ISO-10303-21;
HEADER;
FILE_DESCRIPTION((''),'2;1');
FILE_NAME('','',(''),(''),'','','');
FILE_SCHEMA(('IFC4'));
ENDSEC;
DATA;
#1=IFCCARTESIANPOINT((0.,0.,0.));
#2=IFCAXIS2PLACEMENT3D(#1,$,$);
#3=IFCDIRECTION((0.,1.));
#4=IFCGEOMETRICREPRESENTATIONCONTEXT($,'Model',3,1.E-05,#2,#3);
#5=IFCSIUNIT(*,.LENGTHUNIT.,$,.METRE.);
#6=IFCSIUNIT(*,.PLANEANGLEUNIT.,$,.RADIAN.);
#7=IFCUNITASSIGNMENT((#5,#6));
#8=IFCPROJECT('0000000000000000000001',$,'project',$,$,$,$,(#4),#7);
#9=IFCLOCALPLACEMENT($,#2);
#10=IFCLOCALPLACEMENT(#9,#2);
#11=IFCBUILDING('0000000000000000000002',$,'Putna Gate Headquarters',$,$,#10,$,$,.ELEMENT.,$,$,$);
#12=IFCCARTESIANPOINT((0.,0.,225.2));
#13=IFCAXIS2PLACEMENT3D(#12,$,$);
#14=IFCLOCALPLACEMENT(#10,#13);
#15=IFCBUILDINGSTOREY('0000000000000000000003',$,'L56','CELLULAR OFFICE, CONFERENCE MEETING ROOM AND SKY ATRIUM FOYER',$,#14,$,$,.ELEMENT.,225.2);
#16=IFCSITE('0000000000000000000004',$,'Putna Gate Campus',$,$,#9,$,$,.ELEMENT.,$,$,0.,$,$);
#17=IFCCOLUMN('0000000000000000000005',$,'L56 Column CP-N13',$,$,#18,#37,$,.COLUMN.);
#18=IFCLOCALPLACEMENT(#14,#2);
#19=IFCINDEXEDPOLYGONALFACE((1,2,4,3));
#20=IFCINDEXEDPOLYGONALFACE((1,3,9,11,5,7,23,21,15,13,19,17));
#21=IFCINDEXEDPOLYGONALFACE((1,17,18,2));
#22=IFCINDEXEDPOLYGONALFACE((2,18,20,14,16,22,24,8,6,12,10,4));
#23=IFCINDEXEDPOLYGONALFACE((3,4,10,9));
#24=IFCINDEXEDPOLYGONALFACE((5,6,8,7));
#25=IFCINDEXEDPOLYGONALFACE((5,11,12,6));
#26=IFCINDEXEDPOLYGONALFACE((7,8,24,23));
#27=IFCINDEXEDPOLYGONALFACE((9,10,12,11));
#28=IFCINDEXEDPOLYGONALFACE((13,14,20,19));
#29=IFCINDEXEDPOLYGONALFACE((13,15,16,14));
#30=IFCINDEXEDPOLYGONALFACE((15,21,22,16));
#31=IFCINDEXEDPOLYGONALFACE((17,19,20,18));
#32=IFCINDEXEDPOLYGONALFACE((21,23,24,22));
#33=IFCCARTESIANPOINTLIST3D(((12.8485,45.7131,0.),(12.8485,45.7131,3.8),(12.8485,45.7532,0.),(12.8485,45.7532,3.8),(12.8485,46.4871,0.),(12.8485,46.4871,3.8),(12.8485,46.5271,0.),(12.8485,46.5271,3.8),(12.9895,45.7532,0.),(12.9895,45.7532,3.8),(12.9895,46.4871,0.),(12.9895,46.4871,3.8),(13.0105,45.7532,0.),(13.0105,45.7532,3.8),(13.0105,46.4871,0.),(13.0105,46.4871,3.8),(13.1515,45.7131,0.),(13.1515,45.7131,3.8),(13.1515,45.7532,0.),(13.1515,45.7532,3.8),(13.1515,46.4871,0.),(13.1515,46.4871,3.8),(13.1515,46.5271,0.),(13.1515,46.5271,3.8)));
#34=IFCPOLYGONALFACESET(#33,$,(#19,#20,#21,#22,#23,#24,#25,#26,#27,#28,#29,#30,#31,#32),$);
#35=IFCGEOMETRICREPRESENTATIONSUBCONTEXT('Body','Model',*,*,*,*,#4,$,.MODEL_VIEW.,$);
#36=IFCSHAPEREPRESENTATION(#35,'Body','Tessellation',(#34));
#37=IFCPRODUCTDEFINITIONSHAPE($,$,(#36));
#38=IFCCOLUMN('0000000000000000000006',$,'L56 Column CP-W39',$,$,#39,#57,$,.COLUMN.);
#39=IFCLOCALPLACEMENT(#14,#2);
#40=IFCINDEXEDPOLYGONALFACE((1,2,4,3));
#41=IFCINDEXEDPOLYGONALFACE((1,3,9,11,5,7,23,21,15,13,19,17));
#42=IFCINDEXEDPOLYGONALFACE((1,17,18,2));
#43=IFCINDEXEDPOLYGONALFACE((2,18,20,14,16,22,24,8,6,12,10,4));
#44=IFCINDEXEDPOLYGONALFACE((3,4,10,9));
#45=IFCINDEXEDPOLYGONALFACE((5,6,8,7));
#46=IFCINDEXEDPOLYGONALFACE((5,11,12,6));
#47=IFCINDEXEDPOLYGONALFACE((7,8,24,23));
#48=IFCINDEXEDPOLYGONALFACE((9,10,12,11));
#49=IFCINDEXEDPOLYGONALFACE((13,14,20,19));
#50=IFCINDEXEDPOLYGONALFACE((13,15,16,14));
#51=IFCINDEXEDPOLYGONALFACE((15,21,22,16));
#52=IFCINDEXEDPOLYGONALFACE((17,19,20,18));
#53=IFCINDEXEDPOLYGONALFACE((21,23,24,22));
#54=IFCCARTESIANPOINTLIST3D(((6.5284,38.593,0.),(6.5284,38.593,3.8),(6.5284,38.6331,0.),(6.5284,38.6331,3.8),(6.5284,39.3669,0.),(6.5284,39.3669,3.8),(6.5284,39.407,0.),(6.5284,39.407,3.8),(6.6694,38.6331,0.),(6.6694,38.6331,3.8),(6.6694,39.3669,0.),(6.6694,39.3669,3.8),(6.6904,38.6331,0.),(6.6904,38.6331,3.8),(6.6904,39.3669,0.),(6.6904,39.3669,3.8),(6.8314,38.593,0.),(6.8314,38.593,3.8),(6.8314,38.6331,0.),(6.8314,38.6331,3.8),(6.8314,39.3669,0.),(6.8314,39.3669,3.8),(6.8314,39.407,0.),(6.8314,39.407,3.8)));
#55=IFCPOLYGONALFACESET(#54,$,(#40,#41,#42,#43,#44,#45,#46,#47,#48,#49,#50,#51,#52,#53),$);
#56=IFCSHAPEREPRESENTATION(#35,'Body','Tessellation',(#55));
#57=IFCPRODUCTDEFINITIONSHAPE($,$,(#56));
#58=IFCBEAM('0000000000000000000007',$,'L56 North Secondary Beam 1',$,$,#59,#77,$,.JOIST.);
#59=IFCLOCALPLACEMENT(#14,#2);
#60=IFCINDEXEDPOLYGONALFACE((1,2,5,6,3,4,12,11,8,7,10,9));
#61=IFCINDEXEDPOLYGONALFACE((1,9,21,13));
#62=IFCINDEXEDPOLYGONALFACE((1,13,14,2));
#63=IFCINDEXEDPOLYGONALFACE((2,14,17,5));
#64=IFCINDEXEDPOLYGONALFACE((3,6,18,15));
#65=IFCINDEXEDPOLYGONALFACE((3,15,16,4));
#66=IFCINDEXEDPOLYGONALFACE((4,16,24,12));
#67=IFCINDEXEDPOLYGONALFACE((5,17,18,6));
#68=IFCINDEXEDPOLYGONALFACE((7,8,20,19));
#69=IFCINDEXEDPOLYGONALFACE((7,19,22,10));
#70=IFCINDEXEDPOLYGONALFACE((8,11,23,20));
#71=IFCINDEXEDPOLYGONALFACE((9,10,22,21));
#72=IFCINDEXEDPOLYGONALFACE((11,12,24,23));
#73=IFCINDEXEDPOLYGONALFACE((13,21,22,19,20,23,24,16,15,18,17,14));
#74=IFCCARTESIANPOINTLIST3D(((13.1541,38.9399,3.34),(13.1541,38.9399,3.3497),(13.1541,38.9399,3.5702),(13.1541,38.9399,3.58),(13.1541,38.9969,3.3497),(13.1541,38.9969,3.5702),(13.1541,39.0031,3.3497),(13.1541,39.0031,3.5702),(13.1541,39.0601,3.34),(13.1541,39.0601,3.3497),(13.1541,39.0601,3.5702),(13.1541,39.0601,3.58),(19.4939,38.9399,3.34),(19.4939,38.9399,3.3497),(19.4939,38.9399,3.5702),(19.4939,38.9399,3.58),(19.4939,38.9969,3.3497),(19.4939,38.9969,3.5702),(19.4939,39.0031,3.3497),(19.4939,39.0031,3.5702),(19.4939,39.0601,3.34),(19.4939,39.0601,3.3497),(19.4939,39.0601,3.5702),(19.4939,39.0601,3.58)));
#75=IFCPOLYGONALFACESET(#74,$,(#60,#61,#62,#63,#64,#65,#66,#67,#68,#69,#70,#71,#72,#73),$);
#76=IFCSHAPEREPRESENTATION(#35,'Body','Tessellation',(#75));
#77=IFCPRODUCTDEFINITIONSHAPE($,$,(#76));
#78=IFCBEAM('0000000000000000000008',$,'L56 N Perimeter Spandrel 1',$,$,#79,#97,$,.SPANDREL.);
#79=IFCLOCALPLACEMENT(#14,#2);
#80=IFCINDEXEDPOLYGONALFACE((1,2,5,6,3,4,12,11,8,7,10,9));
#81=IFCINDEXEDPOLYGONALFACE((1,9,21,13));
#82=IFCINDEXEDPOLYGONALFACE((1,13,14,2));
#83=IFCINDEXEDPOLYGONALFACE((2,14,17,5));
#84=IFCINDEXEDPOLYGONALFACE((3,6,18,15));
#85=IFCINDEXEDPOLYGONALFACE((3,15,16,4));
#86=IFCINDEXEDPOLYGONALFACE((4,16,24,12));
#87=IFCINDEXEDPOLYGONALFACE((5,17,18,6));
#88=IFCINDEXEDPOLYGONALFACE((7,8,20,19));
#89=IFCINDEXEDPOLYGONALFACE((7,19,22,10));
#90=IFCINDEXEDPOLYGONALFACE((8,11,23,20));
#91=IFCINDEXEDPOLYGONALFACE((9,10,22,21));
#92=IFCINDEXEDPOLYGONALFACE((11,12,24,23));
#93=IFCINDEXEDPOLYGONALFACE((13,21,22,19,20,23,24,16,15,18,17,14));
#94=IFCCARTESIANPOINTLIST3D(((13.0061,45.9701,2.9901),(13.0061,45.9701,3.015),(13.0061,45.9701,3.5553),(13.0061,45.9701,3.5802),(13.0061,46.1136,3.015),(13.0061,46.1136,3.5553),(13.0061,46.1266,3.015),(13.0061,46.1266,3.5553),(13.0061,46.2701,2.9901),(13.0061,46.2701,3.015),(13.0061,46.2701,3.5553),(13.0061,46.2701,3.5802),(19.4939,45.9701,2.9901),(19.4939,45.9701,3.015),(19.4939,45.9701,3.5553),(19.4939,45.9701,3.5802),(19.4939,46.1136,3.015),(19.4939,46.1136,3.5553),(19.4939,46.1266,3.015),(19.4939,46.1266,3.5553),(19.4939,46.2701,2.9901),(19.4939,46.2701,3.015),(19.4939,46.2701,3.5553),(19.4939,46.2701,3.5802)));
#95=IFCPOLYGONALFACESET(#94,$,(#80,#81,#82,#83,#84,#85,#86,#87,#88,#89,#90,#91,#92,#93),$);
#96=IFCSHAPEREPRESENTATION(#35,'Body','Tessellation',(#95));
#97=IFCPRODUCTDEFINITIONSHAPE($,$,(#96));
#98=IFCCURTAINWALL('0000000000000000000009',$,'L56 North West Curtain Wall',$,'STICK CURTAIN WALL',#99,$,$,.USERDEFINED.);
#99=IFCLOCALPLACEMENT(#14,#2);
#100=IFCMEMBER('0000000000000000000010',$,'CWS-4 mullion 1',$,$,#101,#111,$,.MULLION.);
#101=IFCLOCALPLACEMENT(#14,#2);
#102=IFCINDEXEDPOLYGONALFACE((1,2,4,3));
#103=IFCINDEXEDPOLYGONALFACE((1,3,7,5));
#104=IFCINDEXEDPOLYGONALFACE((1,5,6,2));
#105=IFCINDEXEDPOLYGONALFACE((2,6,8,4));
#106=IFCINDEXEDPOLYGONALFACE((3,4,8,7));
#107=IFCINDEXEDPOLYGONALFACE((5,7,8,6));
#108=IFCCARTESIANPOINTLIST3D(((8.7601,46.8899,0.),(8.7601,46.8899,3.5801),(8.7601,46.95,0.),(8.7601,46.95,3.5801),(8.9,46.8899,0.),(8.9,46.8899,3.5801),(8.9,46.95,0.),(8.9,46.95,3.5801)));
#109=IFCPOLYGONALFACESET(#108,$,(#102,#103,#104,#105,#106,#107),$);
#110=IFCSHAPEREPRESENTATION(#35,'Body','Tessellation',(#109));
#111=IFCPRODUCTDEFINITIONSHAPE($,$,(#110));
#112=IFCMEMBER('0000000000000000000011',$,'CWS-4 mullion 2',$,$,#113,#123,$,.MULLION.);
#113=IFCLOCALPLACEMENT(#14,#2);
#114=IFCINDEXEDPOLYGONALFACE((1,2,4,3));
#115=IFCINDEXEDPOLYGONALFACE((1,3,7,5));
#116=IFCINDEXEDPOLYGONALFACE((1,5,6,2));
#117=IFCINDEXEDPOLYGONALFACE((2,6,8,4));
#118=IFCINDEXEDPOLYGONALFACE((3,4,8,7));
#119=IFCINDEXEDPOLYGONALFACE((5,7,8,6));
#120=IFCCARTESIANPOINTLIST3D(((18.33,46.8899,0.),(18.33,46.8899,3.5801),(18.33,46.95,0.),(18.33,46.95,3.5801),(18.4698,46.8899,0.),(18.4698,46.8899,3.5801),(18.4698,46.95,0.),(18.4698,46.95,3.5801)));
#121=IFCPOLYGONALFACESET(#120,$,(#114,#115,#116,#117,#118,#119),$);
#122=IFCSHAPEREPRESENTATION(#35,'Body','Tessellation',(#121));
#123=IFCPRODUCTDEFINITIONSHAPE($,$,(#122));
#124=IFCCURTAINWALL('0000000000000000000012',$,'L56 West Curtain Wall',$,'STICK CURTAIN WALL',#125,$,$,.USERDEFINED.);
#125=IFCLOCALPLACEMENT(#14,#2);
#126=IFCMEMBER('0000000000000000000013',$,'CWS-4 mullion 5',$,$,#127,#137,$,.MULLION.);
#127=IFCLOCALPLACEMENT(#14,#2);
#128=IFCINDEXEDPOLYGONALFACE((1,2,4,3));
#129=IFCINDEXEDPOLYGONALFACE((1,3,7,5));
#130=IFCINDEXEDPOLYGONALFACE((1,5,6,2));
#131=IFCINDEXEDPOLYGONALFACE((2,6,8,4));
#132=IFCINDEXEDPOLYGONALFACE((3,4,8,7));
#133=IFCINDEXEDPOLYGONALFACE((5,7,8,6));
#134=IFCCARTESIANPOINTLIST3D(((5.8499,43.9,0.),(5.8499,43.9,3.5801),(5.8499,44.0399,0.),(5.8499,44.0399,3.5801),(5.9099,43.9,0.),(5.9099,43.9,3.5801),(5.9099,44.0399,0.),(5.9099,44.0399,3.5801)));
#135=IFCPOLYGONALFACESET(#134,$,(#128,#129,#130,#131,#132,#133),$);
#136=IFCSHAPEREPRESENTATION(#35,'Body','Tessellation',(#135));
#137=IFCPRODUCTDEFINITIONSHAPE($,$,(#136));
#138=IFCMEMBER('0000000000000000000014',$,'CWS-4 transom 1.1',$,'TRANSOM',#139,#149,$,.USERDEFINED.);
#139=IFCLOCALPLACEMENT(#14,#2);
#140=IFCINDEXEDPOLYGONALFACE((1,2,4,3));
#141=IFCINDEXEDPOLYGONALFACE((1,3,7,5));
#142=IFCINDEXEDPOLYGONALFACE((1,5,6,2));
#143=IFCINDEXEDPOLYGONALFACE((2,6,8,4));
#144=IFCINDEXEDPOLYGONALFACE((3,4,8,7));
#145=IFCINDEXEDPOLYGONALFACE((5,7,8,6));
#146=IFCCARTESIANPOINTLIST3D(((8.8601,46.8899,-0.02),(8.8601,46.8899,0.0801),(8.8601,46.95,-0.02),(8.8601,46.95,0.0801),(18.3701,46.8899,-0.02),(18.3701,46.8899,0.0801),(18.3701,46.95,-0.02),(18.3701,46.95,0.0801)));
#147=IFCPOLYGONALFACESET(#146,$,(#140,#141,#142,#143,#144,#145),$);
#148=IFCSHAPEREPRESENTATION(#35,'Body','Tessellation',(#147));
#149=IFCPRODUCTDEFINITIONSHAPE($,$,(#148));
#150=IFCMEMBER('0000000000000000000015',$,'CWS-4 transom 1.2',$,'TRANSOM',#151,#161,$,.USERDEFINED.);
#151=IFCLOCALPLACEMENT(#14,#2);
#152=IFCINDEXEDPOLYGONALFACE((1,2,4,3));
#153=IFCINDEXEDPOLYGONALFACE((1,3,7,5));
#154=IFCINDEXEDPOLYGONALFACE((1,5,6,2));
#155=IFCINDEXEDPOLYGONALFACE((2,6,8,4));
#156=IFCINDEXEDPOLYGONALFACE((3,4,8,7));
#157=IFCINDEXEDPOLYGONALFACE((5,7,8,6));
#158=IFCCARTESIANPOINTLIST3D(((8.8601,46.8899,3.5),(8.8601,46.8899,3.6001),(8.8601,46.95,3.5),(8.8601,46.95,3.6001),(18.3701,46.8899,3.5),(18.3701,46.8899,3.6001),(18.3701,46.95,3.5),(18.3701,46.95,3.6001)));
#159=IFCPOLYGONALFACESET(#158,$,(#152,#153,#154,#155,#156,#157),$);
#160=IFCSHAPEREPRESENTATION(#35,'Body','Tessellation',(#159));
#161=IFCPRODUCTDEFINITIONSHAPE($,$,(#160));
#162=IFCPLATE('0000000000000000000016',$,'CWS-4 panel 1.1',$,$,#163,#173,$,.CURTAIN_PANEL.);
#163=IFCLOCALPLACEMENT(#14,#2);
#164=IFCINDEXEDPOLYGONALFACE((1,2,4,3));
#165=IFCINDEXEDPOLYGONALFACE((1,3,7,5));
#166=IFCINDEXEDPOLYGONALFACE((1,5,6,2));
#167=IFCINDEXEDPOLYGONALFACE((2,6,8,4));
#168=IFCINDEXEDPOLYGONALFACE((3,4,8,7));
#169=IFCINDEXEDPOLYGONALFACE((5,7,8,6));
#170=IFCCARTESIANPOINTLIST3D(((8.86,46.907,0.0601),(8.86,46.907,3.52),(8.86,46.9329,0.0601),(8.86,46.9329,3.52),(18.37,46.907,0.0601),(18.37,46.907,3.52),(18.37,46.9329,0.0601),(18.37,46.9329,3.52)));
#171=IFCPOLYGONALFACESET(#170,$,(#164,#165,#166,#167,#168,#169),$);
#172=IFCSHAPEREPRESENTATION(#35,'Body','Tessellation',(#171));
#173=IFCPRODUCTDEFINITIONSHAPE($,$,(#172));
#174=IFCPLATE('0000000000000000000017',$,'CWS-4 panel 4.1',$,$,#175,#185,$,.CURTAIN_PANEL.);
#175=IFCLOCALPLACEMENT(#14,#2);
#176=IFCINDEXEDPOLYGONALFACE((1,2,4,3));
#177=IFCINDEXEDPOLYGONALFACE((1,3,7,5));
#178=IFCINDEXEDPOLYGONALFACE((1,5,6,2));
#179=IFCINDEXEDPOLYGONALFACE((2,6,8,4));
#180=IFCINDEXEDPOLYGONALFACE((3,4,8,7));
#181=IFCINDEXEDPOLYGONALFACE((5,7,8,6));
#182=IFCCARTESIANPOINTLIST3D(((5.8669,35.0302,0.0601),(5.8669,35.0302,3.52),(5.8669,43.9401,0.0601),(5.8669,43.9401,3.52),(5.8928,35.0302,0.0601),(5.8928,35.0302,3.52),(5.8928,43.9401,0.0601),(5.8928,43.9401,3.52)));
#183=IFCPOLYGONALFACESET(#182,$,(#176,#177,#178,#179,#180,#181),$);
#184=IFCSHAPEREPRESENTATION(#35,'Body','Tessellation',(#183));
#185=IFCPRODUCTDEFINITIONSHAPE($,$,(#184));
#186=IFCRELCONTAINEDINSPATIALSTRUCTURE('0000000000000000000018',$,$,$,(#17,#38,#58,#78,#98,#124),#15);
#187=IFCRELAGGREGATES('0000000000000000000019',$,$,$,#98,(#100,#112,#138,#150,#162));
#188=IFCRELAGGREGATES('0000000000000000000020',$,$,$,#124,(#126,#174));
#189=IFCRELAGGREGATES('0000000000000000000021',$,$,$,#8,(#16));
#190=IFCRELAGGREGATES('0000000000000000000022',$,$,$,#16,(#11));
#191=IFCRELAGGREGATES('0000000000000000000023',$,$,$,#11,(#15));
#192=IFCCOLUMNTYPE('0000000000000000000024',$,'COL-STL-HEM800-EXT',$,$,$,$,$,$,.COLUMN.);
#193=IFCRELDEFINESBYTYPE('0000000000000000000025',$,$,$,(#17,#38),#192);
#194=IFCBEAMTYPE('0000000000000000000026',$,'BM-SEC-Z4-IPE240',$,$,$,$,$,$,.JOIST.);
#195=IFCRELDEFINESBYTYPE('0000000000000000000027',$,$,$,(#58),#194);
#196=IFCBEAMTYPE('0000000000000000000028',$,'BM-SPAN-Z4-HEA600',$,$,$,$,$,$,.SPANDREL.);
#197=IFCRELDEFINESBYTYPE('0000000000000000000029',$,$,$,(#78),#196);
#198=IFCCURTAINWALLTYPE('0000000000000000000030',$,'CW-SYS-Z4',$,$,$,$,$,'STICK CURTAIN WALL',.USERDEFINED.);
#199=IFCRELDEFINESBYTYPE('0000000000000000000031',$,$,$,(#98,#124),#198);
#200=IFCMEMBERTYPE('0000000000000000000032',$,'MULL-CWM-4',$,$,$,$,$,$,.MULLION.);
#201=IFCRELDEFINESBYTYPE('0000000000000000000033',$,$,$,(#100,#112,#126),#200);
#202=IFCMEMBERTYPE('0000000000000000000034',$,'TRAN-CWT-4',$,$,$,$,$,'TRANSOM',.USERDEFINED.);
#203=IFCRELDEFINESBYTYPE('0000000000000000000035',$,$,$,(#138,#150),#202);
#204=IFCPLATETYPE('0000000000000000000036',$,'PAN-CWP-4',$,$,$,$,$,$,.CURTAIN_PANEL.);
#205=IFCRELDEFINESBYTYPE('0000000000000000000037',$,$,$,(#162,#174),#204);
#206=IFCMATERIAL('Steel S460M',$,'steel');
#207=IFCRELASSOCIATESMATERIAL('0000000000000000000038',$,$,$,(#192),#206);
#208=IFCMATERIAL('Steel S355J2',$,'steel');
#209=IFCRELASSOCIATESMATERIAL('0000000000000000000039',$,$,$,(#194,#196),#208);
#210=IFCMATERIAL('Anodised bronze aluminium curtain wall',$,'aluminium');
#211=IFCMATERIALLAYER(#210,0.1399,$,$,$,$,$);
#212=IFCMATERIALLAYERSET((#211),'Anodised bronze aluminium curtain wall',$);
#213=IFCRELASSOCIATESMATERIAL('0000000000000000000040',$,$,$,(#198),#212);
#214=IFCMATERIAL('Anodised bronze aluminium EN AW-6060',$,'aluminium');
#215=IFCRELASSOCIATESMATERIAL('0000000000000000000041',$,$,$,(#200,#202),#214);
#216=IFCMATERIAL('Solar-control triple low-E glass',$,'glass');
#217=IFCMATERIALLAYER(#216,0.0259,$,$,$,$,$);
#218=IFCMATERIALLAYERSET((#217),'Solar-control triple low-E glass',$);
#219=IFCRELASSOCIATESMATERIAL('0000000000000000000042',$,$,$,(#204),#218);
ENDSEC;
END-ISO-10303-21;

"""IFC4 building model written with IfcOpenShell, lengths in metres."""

from ifc_helpers import new_model, si_unit, direction, frame, origin, origin_2d, place, context, subcontext, project, spatial, rectangle, i_section, extrude, material, layer, layer_set, material_profile, profile_set, type_object, element, aggregate, save


model = new_model("IFC4")

# Units and contexts
model_context = context("Model", 3, precision=1e-05, world=origin(), true_north=direction((0.0, 1.0)))
body_context = subcontext(model_context, "Body", "Model", "MODEL_VIEW")
ifc_project = project(units=[si_unit("LENGTHUNIT", "METRE"), si_unit("PLANEANGLEUNIT", "RADIAN")], contexts=[model_context])

# Site, building, storey
site_placement = place(None, origin())
site = spatial("IfcSite", under=ifc_project, at=site_placement, Name="Putna Gate Campus", CompositionType="ELEMENT", RefElevation=0.0)
building_placement = place(site_placement, origin())
building = spatial("IfcBuilding", under=site, at=building_placement, Name="Putna Gate Headquarters", CompositionType="ELEMENT")
storey_placement = place(building_placement, frame((0.0, 0.0, 225.2)))
storey = spatial("IfcBuildingStorey", under=building, at=storey_placement, Name="L56", Description="CELLULAR OFFICE, CONFERENCE MEETING ROOM AND SKY ATRIUM FOYER", CompositionType="ELEMENT", Elevation=225.2)

# Columns
ifc_material_1 = material(Name="Steel S460M", Category="steel")
ifc_material_profile_1 = material_profile(ifc_material_1, i_section(OverallWidth=0.303, OverallDepth=0.814, WebThickness=0.021, FlangeThickness=0.04, at=origin_2d()), Name="Steel S460M")
ifc_profile_set_1 = profile_set([ifc_material_profile_1], Name="Steel S460M")
column_type = type_object("IfcColumnType", Name="COL-STL-HEM800-EXT", PredefinedType="COLUMN", material=ifc_profile_set_1)
for number, where, z_axis, x_axis, name in (
    (1, (13.0, 46.1201, 0.0), (0.0, 0.0, 1.0), (1.0, 0.0, 0.0), "L56 Column CP-N13"),
    (2, (6.6799, 39.0, 0.0), (0.0, 0.0, 1.0), (1.0, 0.0, 0.0), "L56 Column CP-W39"),
):
    element("IfcColumn", number, at=place(storey_placement, frame(where, z_axis=z_axis, x_axis=x_axis)), inside=storey, type_object=column_type, Name=name, PredefinedType="COLUMN", context=body_context, shape_type="SweptSolid", body=[
        extrude(i_section(OverallWidth=0.303, OverallDepth=0.814, WebThickness=0.021, FlangeThickness=0.04, at=origin_2d()), origin(), (0.0, 0.0, 1.0), 3.8),
    ])

# Beams
ifc_material_2 = material(Name="Steel S355J2", Category="steel")
ifc_material_profile_2 = material_profile(ifc_material_2, i_section(OverallWidth=0.1201, OverallDepth=0.24, WebThickness=0.0061, FlangeThickness=0.0098, at=origin_2d()), Name="Steel S355J2")
ifc_profile_set_2 = profile_set([ifc_material_profile_2], Name="Steel S355J2")
beam_type_1 = type_object("IfcBeamType", Name="BM-SEC-Z4-IPE240", PredefinedType="JOIST", material=ifc_profile_set_2)
beam_1_placement = place(storey_placement, frame((13.1541, 39.0, 3.46), z_axis=(1.0, 0.0, 0.0), x_axis=(0.0, 1.0, 0.0)))
element("IfcBeam", 3, at=beam_1_placement, inside=storey, type_object=beam_type_1, Name="L56 North Secondary Beam 1", PredefinedType="JOIST", context=body_context, shape_type="SweptSolid", body=[
    extrude(i_section(OverallWidth=0.1201, OverallDepth=0.24, WebThickness=0.0061, FlangeThickness=0.0098, at=origin_2d()), origin(), (0.0, 0.0, 1.0), 6.3398),
])
ifc_material_profile_3 = material_profile(ifc_material_2, i_section(OverallWidth=0.3, OverallDepth=0.5901, WebThickness=0.0129, FlangeThickness=0.0249, at=origin_2d()), Name="Steel S355J2")
ifc_profile_set_3 = profile_set([ifc_material_profile_3], Name="Steel S355J2")
beam_type_2 = type_object("IfcBeamType", Name="BM-SPAN-Z4-HEA600", PredefinedType="SPANDREL", material=ifc_profile_set_3)
beam_2_placement = place(storey_placement, frame((13.0061, 46.1201, 3.2852), z_axis=(1.0, 0.0, 0.0), x_axis=(0.0, 1.0, 0.0)))
element("IfcBeam", 4, at=beam_2_placement, inside=storey, type_object=beam_type_2, Name="L56 N Perimeter Spandrel 1", PredefinedType="SPANDREL", context=body_context, shape_type="SweptSolid", body=[
    extrude(i_section(OverallWidth=0.3, OverallDepth=0.5901, WebThickness=0.0129, FlangeThickness=0.0249, at=origin_2d()), origin(), (0.0, 0.0, 1.0), 6.4878),
])

# Curtain wall, members
ifc_material_3 = material(Name="Anodised bronze aluminium curtain wall", Category="aluminium")
ifc_layer_1 = layer(ifc_material_3, 0.1399)
ifc_layer_set_1 = layer_set([ifc_layer_1], Name="Anodised bronze aluminium curtain wall")
curtain_wall_type = type_object("IfcCurtainWallType", Name="CW-SYS-Z4", ElementType="STICK CURTAIN WALL", PredefinedType="USERDEFINED", material=ifc_layer_set_1)
curtain_wall_1_placement = place(storey_placement, origin())
curtain_wall_1 = element("IfcCurtainWall", 5, at=curtain_wall_1_placement, inside=storey, type_object=curtain_wall_type, Name="L56 North West Curtain Wall", ObjectType="STICK CURTAIN WALL", PredefinedType="USERDEFINED")
ifc_material_4 = material(Name="Anodised bronze aluminium EN AW-6060", Category="aluminium")
ifc_material_profile_4 = material_profile(ifc_material_4, rectangle(XDim=0.0601, YDim=0.1399, at=origin_2d()), Name="Anodised bronze aluminium EN AW-6060")
ifc_profile_set_4 = profile_set([ifc_material_profile_4], Name="Anodised bronze aluminium EN AW-6060")
member_type_1 = type_object("IfcMemberType", Name="MULL-CWM-4", PredefinedType="MULLION", material=ifc_profile_set_4)
member_1_placement = place(storey_placement, frame((8.8301, 46.9199, 0.0), z_axis=(0.0, 0.0, 1.0), x_axis=(0.0, 1.0, 0.0)))
member_1 = element("IfcMember", 6, at=member_1_placement, type_object=member_type_1, Name="CWS-4 mullion 1", PredefinedType="MULLION", context=body_context, shape_type="SweptSolid", body=[
    extrude(rectangle(XDim=0.0601, YDim=0.1399, at=origin_2d()), origin(), (0.0, 0.0, 1.0), 3.5801),
])
member_2_placement = place(storey_placement, frame((18.3999, 46.9199, 0.0), z_axis=(0.0, 0.0, 1.0), x_axis=(0.0, 1.0, 0.0)))
member_2 = element("IfcMember", 7, at=member_2_placement, type_object=member_type_1, Name="CWS-4 mullion 2", PredefinedType="MULLION", context=body_context, shape_type="SweptSolid", body=[
    extrude(rectangle(XDim=0.0601, YDim=0.1399, at=origin_2d()), origin(), (0.0, 0.0, 1.0), 3.5801),
])

# Curtain wall, member
curtain_wall_2_placement = place(storey_placement, origin())
curtain_wall_2 = element("IfcCurtainWall", 8, at=curtain_wall_2_placement, inside=storey, type_object=curtain_wall_type, Name="L56 West Curtain Wall", ObjectType="STICK CURTAIN WALL", PredefinedType="USERDEFINED")
member_3_placement = place(storey_placement, frame((5.8799, 43.97, 0.0), z_axis=(0.0, 0.0, 1.0), x_axis=(-1.0, 0.0, 0.0)))
member_3 = element("IfcMember", 9, at=member_3_placement, type_object=member_type_1, Name="CWS-4 mullion 5", PredefinedType="MULLION", context=body_context, shape_type="SweptSolid", body=[
    extrude(rectangle(XDim=0.0601, YDim=0.1399, at=origin_2d()), origin(), (0.0, 0.0, 1.0), 3.5801),
])

# Members
ifc_material_profile_5 = material_profile(ifc_material_4, rectangle(XDim=0.0601, YDim=0.1001, at=origin_2d()), Name="Anodised bronze aluminium EN AW-6060")
ifc_profile_set_5 = profile_set([ifc_material_profile_5], Name="Anodised bronze aluminium EN AW-6060")
member_type_2 = type_object("IfcMemberType", Name="TRAN-CWT-4", ElementType="TRANSOM", PredefinedType="USERDEFINED", material=ifc_profile_set_5)
member_4_placement = place(storey_placement, frame((8.8601, 46.9199, 0.03), z_axis=(1.0, 0.0, 0.0), x_axis=(0.0, 1.0, 0.0)))
member_4 = element("IfcMember", 10, at=member_4_placement, type_object=member_type_2, Name="CWS-4 transom 1.1", ObjectType="TRANSOM", PredefinedType="USERDEFINED", context=body_context, shape_type="SweptSolid", body=[
    extrude(rectangle(XDim=0.0601, YDim=0.1001, at=origin_2d()), origin(), (0.0, 0.0, 1.0), 9.51),
])
member_5_placement = place(storey_placement, frame((8.8601, 46.9199, 3.55), z_axis=(1.0, 0.0, 0.0), x_axis=(0.0, 1.0, 0.0)))
member_5 = element("IfcMember", 11, at=member_5_placement, type_object=member_type_2, Name="CWS-4 transom 1.2", ObjectType="TRANSOM", PredefinedType="USERDEFINED", context=body_context, shape_type="SweptSolid", body=[
    extrude(rectangle(XDim=0.0601, YDim=0.1001, at=origin_2d()), origin(), (0.0, 0.0, 1.0), 9.51),
])

# Plates
ifc_material_5 = material(Name="Solar-control triple low-E glass", Category="glass")
ifc_layer_2 = layer(ifc_material_5, 0.0259)
ifc_layer_set_2 = layer_set([ifc_layer_2], Name="Solar-control triple low-E glass")
plate_type = type_object("IfcPlateType", Name="PAN-CWP-4", PredefinedType="CURTAIN_PANEL", material=ifc_layer_set_2)
plate_1_placement = place(storey_placement, frame((13.615, 46.9199, 0.0601), z_axis=(0.0, 0.0, 1.0), x_axis=(1.0, 0.0, 0.0)))
plate_1 = element("IfcPlate", 12, at=plate_1_placement, type_object=plate_type, Name="CWS-4 panel 1.1", PredefinedType="CURTAIN_PANEL", context=body_context, shape_type="SweptSolid", body=[
    extrude(rectangle(XDim=9.51, YDim=0.0259, at=origin_2d()), origin(), (0.0, 0.0, 1.0), 3.46),
])
aggregate(curtain_wall_1, [member_1, member_2, member_4, member_5, plate_1])
plate_2_placement = place(storey_placement, frame((5.8799, 39.4851, 0.0601), z_axis=(0.0, 0.0, 1.0), x_axis=(0.0, 1.0, 0.0)))
plate_2 = element("IfcPlate", 13, at=plate_2_placement, type_object=plate_type, Name="CWS-4 panel 4.1", PredefinedType="CURTAIN_PANEL", context=body_context, shape_type="SweptSolid", body=[
    extrude(rectangle(XDim=8.9099, YDim=0.0259, at=origin_2d()), origin(), (0.0, 0.0, 1.0), 3.46),
])
aggregate(curtain_wall_2, [member_3, plate_2])

save(model, "model.ifc")
